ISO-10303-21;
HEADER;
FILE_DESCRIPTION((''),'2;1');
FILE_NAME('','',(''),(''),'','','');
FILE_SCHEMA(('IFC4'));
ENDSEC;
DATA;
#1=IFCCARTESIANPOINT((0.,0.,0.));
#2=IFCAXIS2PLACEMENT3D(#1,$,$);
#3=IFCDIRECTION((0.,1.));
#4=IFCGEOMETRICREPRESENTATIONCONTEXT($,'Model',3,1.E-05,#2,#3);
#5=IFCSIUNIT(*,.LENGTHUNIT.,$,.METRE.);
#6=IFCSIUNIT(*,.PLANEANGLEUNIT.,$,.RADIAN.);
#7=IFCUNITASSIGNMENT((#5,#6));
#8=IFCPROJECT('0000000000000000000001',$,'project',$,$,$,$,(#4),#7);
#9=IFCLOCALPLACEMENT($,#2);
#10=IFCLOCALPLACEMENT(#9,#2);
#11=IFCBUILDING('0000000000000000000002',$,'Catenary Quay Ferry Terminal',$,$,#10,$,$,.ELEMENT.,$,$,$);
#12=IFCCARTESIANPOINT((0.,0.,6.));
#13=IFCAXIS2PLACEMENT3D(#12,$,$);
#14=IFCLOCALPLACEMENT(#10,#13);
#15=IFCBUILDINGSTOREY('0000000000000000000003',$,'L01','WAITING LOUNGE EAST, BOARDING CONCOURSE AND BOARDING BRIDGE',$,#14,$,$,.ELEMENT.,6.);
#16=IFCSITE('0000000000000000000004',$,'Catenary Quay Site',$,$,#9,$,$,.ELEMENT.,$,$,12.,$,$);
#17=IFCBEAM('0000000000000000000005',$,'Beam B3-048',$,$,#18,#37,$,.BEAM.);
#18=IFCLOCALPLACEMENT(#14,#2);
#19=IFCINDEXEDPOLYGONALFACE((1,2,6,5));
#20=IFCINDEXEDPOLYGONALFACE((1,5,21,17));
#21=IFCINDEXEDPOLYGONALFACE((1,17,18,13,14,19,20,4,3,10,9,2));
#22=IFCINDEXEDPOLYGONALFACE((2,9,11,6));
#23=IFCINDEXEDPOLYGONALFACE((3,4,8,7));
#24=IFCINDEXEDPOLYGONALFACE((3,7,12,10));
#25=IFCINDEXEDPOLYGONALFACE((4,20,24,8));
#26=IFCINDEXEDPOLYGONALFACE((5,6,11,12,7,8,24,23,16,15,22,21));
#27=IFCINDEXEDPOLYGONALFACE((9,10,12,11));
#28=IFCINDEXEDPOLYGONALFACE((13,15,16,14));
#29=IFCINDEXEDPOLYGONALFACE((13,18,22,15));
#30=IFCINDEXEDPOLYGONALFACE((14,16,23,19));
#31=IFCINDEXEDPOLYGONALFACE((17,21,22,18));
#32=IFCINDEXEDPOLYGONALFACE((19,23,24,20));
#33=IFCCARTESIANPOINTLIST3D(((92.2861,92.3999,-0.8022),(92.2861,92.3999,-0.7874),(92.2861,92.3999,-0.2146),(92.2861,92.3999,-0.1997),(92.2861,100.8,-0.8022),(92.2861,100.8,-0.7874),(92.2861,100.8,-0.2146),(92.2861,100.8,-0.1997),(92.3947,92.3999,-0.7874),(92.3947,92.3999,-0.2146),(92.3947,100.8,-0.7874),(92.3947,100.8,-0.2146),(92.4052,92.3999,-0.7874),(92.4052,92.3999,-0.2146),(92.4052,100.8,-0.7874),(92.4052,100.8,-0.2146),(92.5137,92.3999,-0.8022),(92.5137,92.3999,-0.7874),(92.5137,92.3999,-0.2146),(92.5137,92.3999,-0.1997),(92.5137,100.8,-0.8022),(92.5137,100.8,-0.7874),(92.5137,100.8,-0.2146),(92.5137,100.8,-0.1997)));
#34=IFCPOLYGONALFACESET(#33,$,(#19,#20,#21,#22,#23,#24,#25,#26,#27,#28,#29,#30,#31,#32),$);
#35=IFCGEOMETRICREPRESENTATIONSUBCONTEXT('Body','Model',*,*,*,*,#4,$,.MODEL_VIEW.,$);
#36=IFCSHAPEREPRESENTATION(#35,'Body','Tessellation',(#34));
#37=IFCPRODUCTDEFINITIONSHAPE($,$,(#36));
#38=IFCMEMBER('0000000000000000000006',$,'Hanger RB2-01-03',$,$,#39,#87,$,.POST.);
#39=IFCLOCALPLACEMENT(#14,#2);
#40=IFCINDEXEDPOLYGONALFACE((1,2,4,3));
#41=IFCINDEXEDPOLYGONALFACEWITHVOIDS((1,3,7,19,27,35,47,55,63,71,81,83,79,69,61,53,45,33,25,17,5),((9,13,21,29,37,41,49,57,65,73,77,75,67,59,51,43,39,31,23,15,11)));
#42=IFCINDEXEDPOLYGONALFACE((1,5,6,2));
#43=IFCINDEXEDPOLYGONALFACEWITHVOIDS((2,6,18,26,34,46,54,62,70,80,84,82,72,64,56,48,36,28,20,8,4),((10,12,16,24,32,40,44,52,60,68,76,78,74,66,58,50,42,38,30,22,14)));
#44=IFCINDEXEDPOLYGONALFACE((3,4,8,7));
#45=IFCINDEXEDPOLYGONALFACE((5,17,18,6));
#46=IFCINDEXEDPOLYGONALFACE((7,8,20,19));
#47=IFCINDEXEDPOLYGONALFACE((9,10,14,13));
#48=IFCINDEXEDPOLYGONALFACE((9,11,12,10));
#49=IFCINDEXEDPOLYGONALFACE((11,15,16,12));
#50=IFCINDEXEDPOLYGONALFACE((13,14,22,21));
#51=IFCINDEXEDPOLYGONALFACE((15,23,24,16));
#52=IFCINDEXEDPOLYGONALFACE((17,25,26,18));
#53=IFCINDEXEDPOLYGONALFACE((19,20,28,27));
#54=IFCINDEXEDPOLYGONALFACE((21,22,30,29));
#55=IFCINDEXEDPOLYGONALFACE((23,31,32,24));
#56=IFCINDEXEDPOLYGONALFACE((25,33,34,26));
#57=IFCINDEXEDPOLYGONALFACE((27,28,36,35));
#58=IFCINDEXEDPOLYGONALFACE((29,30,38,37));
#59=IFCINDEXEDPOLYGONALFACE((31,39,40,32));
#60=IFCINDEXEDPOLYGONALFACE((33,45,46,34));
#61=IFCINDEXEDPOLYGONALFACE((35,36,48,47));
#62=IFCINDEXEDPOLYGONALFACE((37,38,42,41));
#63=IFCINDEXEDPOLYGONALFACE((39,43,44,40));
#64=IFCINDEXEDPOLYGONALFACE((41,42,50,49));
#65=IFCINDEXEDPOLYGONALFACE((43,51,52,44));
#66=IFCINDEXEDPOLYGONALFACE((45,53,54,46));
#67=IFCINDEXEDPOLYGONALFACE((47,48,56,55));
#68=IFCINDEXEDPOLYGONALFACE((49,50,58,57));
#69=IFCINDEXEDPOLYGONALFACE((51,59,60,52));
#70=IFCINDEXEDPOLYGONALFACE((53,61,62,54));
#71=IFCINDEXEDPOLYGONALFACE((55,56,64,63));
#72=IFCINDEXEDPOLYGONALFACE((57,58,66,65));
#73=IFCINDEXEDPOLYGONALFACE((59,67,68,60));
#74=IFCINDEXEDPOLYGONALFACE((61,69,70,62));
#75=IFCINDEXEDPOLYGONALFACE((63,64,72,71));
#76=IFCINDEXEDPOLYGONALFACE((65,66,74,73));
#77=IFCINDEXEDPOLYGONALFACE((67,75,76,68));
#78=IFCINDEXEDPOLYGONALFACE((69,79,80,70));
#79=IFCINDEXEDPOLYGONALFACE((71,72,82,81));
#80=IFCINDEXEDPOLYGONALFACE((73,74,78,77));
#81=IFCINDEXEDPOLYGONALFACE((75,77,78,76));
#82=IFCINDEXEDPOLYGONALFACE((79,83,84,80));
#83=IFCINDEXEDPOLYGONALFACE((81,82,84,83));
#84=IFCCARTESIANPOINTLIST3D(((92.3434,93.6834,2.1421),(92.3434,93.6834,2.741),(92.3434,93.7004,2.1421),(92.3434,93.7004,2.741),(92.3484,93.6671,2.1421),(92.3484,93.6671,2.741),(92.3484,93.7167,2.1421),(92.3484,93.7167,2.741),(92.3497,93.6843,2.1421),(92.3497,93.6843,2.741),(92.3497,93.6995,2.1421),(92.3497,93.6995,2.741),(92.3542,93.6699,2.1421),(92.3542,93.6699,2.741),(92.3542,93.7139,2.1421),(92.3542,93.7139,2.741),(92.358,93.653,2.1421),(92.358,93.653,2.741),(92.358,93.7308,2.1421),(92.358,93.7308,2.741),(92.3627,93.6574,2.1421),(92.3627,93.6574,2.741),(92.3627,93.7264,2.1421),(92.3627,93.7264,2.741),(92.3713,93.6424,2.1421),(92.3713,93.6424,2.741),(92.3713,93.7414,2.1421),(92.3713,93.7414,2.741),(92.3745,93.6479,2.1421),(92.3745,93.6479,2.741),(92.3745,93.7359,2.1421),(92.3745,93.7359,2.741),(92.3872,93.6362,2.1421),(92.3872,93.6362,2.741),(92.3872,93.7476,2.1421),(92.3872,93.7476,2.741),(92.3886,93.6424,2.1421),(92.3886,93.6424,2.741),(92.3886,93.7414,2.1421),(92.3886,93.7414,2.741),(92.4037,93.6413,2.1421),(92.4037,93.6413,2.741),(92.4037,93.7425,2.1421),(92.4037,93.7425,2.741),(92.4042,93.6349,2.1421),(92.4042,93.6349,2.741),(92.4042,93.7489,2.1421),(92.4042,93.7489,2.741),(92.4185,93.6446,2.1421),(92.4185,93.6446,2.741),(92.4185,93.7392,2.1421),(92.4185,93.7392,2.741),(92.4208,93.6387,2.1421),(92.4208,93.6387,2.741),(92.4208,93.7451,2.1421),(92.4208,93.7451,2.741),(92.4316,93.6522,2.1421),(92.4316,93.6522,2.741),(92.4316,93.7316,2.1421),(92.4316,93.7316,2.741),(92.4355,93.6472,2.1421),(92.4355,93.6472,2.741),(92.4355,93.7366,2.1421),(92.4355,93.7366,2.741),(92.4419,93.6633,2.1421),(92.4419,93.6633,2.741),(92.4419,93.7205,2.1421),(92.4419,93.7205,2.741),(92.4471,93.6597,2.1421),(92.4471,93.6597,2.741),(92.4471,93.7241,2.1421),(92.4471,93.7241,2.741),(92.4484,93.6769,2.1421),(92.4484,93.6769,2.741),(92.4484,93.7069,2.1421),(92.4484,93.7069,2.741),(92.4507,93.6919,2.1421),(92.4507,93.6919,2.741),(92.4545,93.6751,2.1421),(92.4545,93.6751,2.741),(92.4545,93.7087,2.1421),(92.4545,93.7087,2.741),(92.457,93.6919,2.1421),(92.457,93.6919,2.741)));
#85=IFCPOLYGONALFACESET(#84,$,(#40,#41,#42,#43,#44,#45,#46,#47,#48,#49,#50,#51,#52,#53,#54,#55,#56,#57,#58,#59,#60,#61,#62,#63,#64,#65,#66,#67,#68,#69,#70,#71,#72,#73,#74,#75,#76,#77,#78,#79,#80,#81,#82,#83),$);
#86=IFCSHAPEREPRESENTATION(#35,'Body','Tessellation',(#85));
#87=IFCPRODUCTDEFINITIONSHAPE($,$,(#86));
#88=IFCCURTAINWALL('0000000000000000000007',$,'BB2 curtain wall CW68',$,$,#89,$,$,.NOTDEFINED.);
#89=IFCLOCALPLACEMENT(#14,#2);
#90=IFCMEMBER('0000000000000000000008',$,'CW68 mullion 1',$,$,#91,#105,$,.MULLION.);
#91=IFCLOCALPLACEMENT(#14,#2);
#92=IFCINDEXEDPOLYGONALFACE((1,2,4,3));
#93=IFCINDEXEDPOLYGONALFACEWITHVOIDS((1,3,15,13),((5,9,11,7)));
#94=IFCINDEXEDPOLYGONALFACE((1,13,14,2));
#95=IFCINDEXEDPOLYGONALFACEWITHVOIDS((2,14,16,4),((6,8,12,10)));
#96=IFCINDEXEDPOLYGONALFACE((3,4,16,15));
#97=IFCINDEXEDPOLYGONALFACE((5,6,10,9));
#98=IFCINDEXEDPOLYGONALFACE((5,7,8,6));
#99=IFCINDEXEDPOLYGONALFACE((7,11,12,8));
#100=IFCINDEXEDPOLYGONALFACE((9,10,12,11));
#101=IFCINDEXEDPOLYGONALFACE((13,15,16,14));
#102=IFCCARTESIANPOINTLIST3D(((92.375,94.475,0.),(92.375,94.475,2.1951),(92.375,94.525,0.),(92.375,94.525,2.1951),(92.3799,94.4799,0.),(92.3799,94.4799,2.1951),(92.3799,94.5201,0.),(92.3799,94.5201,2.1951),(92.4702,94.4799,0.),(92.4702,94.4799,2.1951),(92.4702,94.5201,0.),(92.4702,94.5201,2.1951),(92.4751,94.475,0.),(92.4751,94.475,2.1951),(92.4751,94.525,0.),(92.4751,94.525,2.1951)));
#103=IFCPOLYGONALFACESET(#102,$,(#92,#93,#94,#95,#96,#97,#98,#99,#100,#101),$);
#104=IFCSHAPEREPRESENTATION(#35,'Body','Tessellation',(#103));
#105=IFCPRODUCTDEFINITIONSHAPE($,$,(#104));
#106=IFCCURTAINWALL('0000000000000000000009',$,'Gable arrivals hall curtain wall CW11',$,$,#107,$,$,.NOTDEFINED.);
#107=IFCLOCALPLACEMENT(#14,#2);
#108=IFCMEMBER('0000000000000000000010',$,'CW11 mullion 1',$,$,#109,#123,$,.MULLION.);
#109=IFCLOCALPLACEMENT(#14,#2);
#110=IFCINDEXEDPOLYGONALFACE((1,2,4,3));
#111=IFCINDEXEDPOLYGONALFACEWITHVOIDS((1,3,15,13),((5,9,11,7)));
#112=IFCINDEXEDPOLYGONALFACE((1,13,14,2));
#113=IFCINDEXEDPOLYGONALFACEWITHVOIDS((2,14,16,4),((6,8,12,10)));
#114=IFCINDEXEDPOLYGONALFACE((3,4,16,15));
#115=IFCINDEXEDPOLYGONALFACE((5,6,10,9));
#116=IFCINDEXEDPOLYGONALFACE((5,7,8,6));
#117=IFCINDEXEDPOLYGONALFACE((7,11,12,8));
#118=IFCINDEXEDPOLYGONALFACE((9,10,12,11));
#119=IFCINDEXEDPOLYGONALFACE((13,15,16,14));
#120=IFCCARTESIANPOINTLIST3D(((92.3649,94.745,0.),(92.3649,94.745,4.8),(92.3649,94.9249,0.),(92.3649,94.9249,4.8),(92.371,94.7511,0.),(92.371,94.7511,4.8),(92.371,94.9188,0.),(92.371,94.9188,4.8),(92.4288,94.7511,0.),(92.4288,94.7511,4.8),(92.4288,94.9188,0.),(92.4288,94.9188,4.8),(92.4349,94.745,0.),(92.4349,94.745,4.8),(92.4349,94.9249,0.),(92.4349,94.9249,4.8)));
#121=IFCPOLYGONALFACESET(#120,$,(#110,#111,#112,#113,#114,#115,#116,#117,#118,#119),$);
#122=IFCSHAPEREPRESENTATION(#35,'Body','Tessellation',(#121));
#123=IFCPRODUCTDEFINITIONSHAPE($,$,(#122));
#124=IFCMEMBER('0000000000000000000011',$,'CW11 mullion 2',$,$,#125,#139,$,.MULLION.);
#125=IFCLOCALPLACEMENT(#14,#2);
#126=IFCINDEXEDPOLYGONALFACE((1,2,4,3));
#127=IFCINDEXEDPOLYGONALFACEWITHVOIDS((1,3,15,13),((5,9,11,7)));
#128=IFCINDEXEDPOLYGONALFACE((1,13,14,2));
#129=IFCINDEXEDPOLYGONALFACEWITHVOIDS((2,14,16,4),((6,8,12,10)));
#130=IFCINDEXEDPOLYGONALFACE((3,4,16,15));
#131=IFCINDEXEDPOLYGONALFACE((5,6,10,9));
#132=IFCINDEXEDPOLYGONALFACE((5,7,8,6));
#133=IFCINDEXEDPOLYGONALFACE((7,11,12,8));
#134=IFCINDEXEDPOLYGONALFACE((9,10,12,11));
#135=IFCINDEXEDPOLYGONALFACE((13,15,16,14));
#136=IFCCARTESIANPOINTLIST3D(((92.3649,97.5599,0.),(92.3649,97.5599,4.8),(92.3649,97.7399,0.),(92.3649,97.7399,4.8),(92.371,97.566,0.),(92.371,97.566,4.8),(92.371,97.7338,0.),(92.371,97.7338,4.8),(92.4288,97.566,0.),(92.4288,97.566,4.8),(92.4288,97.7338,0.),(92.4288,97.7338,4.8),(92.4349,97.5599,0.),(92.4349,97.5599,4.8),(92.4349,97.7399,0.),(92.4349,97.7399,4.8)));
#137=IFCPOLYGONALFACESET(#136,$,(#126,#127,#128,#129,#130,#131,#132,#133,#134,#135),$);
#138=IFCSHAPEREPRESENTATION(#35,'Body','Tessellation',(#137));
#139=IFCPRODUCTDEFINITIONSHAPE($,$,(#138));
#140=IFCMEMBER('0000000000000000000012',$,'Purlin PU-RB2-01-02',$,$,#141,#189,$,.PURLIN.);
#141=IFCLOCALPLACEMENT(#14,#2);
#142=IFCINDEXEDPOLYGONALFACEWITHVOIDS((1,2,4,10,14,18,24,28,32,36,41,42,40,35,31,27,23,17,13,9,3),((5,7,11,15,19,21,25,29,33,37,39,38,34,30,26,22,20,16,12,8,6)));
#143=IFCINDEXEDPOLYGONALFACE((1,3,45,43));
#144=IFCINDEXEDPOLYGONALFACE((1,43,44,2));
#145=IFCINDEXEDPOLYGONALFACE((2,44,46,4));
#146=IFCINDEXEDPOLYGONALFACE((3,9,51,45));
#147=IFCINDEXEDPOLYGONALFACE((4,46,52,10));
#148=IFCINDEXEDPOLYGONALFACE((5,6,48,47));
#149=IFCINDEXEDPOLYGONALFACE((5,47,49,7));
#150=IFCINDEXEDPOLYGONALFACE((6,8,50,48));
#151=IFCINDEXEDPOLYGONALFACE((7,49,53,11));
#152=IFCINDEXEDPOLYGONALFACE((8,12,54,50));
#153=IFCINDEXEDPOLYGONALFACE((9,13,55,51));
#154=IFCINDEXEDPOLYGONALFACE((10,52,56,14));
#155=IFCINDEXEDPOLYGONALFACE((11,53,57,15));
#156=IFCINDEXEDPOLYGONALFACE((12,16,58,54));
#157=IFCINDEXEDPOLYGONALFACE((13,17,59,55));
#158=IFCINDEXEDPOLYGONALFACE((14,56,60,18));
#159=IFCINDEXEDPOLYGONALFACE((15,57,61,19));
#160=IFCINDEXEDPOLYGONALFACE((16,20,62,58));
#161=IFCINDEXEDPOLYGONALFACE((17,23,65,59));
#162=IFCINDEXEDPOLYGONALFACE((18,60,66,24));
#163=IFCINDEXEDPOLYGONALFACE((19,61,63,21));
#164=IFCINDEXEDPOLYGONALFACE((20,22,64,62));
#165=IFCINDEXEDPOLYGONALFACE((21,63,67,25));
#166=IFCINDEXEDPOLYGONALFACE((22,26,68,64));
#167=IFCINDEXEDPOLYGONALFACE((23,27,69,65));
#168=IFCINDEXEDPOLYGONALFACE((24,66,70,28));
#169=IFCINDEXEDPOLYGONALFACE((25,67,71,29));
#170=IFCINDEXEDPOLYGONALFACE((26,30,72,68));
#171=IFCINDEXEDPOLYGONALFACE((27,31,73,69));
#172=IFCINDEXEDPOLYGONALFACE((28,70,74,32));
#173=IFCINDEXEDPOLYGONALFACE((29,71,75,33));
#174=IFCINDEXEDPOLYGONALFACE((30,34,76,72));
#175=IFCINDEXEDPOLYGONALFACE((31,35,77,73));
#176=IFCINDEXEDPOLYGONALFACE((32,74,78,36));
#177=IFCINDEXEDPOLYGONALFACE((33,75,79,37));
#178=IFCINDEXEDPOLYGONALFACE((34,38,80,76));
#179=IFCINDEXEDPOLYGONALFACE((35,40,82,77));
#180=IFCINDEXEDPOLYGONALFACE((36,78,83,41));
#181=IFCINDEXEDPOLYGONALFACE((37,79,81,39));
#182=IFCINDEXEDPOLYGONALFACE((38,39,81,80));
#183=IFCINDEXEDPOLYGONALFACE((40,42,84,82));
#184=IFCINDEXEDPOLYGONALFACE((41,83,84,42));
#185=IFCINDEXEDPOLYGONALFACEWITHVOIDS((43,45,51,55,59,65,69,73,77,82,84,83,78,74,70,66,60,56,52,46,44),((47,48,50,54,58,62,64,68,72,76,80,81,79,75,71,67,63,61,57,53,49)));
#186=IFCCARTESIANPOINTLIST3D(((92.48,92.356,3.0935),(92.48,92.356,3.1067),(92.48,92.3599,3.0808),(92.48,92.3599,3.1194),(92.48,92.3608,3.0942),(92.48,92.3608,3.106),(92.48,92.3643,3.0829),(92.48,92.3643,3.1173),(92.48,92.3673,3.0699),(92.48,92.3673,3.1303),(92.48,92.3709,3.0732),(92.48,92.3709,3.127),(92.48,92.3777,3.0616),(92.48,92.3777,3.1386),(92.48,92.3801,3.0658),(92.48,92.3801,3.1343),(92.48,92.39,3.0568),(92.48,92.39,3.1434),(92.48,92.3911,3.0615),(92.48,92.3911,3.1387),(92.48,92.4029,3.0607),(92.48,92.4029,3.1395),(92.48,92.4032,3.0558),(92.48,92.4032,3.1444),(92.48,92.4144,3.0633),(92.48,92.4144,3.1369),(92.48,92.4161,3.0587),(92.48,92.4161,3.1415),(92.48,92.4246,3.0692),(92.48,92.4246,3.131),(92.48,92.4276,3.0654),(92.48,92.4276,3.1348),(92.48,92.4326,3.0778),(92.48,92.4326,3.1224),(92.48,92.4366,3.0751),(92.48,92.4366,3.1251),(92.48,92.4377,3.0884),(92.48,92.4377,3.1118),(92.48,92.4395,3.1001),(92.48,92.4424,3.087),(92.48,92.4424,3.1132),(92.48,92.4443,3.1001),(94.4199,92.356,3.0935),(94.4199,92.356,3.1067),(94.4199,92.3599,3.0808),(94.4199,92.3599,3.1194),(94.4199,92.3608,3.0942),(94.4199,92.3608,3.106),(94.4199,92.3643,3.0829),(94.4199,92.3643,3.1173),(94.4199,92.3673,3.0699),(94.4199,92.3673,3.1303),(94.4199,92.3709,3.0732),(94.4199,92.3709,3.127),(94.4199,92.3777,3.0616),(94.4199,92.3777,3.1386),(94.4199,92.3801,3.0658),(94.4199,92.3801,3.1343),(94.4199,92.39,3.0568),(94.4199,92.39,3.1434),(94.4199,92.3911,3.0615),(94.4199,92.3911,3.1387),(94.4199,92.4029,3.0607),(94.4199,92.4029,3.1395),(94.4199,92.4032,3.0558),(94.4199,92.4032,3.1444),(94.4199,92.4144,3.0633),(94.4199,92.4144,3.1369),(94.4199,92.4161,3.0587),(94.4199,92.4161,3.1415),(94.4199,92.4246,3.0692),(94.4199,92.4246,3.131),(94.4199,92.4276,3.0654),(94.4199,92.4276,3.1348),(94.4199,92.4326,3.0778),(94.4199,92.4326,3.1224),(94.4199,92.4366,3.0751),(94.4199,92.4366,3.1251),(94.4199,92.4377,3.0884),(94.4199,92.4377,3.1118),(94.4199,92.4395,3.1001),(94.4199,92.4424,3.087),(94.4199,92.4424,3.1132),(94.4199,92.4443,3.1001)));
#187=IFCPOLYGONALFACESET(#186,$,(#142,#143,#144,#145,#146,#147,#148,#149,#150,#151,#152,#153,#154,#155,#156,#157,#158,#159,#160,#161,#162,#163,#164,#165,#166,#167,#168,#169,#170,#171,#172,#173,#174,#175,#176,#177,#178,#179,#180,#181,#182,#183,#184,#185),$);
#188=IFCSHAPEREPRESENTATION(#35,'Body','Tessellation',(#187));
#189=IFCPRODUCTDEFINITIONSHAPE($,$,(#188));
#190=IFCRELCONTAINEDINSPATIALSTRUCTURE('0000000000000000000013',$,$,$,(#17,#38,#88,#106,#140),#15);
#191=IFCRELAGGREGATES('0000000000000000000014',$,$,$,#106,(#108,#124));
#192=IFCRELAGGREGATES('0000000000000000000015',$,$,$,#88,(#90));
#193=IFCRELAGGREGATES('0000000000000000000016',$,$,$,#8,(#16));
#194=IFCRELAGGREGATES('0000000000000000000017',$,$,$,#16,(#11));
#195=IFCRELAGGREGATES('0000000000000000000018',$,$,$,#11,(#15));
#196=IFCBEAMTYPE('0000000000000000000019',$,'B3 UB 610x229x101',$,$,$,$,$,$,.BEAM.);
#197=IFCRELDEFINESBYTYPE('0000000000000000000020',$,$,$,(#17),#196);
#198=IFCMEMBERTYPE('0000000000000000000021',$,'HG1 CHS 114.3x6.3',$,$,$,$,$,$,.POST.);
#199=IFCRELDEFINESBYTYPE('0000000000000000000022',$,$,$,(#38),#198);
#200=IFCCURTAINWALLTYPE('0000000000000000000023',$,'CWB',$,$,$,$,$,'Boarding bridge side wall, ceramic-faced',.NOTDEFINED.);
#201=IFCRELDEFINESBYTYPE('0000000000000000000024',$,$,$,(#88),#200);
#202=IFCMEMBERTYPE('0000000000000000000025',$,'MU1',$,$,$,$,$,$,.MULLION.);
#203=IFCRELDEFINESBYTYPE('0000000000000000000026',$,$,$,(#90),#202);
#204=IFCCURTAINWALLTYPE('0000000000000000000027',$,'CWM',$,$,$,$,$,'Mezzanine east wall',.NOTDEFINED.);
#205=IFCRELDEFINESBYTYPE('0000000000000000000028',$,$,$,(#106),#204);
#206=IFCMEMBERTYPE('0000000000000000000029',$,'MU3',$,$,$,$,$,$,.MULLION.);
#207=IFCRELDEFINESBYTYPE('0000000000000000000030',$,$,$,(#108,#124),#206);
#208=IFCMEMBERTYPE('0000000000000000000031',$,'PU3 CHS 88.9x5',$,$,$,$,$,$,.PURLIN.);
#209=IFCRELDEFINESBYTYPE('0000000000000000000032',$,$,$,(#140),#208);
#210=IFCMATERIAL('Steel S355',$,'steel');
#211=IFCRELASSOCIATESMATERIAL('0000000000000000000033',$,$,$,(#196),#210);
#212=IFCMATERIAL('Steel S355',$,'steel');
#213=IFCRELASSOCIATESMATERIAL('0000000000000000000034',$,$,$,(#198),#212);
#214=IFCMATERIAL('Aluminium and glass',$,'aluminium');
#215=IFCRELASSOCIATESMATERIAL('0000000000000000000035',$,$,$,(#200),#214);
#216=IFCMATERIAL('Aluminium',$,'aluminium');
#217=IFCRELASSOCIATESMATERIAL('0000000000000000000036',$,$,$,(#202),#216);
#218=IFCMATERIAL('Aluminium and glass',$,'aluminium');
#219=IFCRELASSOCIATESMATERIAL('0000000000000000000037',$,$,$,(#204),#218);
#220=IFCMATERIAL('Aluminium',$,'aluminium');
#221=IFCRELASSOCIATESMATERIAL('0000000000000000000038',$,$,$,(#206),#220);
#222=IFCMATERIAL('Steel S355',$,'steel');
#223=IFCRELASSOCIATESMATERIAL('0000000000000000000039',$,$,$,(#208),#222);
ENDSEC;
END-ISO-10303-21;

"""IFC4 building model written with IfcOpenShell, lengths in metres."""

from ifc_helpers import new_model, si_unit, direction, frame, origin, origin_2d, place, context, subcontext, project, spatial, hollow_rectangle, hollow_circle, i_section, extrude, material, material_profile, profile_set, type_object, element, aggregate, save


model = new_model("IFC4")

# Units and contexts
model_context = context("Model", 3, precision=1e-05, world=origin(), true_north=direction((0.0, 1.0)))
body_context = subcontext(model_context, "Body", "Model", "MODEL_VIEW")
ifc_project = project(units=[si_unit("LENGTHUNIT", "METRE"), si_unit("PLANEANGLEUNIT", "RADIAN")], contexts=[model_context])

# Site, building, storey
site_placement = place(None, origin())
site = spatial("IfcSite", under=ifc_project, at=site_placement, Name="Catenary Quay Site", CompositionType="ELEMENT", RefElevation=12.0)
building_placement = place(site_placement, origin())
building = spatial("IfcBuilding", under=site, at=building_placement, Name="Catenary Quay Ferry Terminal", CompositionType="ELEMENT")
storey_placement = place(building_placement, frame((0.0, 0.0, 6.0)))
storey = spatial("IfcBuildingStorey", under=building, at=storey_placement, Name="L01", Description="WAITING LOUNGE EAST, BOARDING CONCOURSE AND BOARDING BRIDGE", CompositionType="ELEMENT", Elevation=6.0)

# Beam
ifc_material_1 = material(Name="Steel S355", Category="steel")
ifc_material_profile_1 = material_profile(ifc_material_1, i_section(OverallWidth=0.2275, OverallDepth=0.6025, WebThickness=0.0105, FlangeThickness=0.0149, at=origin_2d()), Name="UB 610x229x101")
ifc_profile_set_1 = profile_set([ifc_material_profile_1], Name="Steel S355")
beam_type = type_object("IfcBeamType", Name="B3 UB 610x229x101", PredefinedType="BEAM", material=ifc_profile_set_1)
beam_placement = place(storey_placement, frame((92.3999, 92.3999, -0.501), z_axis=(0.0, 1.0, 0.0), x_axis=(-1.0, 0.0, 0.0)))
element("IfcBeam", 1, at=beam_placement, inside=storey, type_object=beam_type, Name="Beam B3-048", PredefinedType="BEAM", context=body_context, shape_type="SweptSolid", body=[
    extrude(i_section(OverallWidth=0.2275, OverallDepth=0.6025, WebThickness=0.0105, FlangeThickness=0.0149, at=origin_2d()), origin(), (0.0, 0.0, 1.0), 8.4001),
])

# Member
ifc_material_2 = material(Name="Steel S355", Category="steel")
ifc_material_profile_2 = material_profile(ifc_material_2, hollow_circle(Radius=0.0571, WallThickness=0.0063, at=origin_2d()), Name="CHS 114.3x6.3")
ifc_profile_set_2 = profile_set([ifc_material_profile_2], Name="Steel S355")
member_type_1 = type_object("IfcMemberType", Name="HG1 CHS 114.3x6.3", PredefinedType="POST", material=ifc_profile_set_2)
member_1_placement = place(storey_placement, frame((92.3999, 93.6919, 2.1421), z_axis=(0.0, 0.0, 1.0), x_axis=(1.0, 0.0, 0.0)))
element("IfcMember", 2, at=member_1_placement, inside=storey, type_object=member_type_1, Name="Hanger RB2-01-03", PredefinedType="POST", context=body_context, shape_type="SweptSolid", body=[
    extrude(hollow_circle(Radius=0.0571, WallThickness=0.0063, at=origin_2d()), origin(), (0.0, 0.0, 1.0), 0.5989),
])

# Curtain wall, member
ifc_material_3 = material(Name="Aluminium and glass", Category="aluminium")
curtain_wall_type_1 = type_object("IfcCurtainWallType", Name="CWB", ElementType="Boarding bridge side wall, ceramic-faced", PredefinedType="NOTDEFINED", material=ifc_material_3)
curtain_wall_1_placement = place(storey_placement, origin())
curtain_wall_1 = element("IfcCurtainWall", 3, at=curtain_wall_1_placement, inside=storey, type_object=curtain_wall_type_1, Name="BB2 curtain wall CW68", PredefinedType="NOTDEFINED")
ifc_material_4 = material(Name="Aluminium", Category="aluminium")
ifc_material_profile_3 = material_profile(ifc_material_4, hollow_rectangle(XDim=0.05, YDim=0.1001, WallThickness=0.0049, at=origin_2d()), Name="MU1")
ifc_profile_set_3 = profile_set([ifc_material_profile_3], Name="Aluminium")
member_type_2 = type_object("IfcMemberType", Name="MU1", PredefinedType="MULLION", material=ifc_profile_set_3)
member_2_placement = place(storey_placement, frame((92.425, 94.5, 0.0), z_axis=(0.0, 0.0, 1.0), x_axis=(0.0, 1.0, 0.0)))
member_2 = element("IfcMember", 4, at=member_2_placement, type_object=member_type_2, Name="CW68 mullion 1", PredefinedType="MULLION", context=body_context, shape_type="SweptSolid", body=[
    extrude(hollow_rectangle(XDim=0.05, YDim=0.1001, WallThickness=0.0049, at=origin_2d()), origin(), (0.0, 0.0, 1.0), 2.1951),
])

# Curtain wall, members
ifc_material_5 = material(Name="Aluminium and glass", Category="aluminium")
curtain_wall_type_2 = type_object("IfcCurtainWallType", Name="CWM", ElementType="Mezzanine east wall", PredefinedType="NOTDEFINED", material=ifc_material_5)
curtain_wall_2_placement = place(storey_placement, origin())
curtain_wall_2 = element("IfcCurtainWall", 5, at=curtain_wall_2_placement, inside=storey, type_object=curtain_wall_type_2, Name="Gable arrivals hall curtain wall CW11", PredefinedType="NOTDEFINED")
ifc_material_6 = material(Name="Aluminium", Category="aluminium")
ifc_material_profile_4 = material_profile(ifc_material_6, hollow_rectangle(XDim=0.0701, YDim=0.1799, WallThickness=0.0061, at=origin_2d()), Name="MU3")
ifc_profile_set_4 = profile_set([ifc_material_profile_4], Name="Aluminium")
member_type_3 = type_object("IfcMemberType", Name="MU3", PredefinedType="MULLION", material=ifc_profile_set_4)
member_3_placement = place(storey_placement, frame((92.3999, 94.835, 0.0), z_axis=(0.0, 0.0, 1.0), x_axis=(-1.0, 0.0, 0.0)))
member_3 = element("IfcMember", 6, at=member_3_placement, type_object=member_type_3, Name="CW11 mullion 1", PredefinedType="MULLION", context=body_context, shape_type="SweptSolid", body=[
    extrude(hollow_rectangle(XDim=0.0701, YDim=0.1799, WallThickness=0.0061, at=origin_2d()), origin(), (0.0, 0.0, 1.0), 4.8),
])
member_4_placement = place(storey_placement, frame((92.3999, 97.6499, 0.0), z_axis=(0.0, 0.0, 1.0), x_axis=(-1.0, 0.0, 0.0)))
member_4 = element("IfcMember", 7, at=member_4_placement, type_object=member_type_3, Name="CW11 mullion 2", PredefinedType="MULLION", context=body_context, shape_type="SweptSolid", body=[
    extrude(hollow_rectangle(XDim=0.0701, YDim=0.1799, WallThickness=0.0061, at=origin_2d()), origin(), (0.0, 0.0, 1.0), 4.8),
])

# Member
ifc_material_7 = material(Name="Steel S355", Category="steel")
ifc_material_profile_5 = material_profile(ifc_material_7, hollow_circle(Radius=0.0444, WallThickness=0.0049, at=origin_2d()), Name="CHS 88.9x5")
ifc_profile_set_5 = profile_set([ifc_material_profile_5], Name="Steel S355")
member_type_4 = type_object("IfcMemberType", Name="PU3 CHS 88.9x5", PredefinedType="PURLIN", material=ifc_profile_set_5)
for number, where, z_axis, x_axis, name in (
    (8, (92.48, 92.3999, 3.1001), (1.0, 0.0, 0.0), (0.0, 1.0, 0.0), "Purlin PU-RB2-01-02"),
):
    element("IfcMember", number, at=place(storey_placement, frame(where, z_axis=z_axis, x_axis=x_axis)), inside=storey, type_object=member_type_4, Name=name, PredefinedType="PURLIN", context=body_context, shape_type="SweptSolid", body=[
        extrude(hollow_circle(Radius=0.0444, WallThickness=0.0049, at=origin_2d()), origin(), (0.0, 0.0, 1.0), 1.9399),
    ])

aggregate(curtain_wall_2, [member_3, member_4])
aggregate(curtain_wall_1, [member_2])

save(model, "model.ifc")
